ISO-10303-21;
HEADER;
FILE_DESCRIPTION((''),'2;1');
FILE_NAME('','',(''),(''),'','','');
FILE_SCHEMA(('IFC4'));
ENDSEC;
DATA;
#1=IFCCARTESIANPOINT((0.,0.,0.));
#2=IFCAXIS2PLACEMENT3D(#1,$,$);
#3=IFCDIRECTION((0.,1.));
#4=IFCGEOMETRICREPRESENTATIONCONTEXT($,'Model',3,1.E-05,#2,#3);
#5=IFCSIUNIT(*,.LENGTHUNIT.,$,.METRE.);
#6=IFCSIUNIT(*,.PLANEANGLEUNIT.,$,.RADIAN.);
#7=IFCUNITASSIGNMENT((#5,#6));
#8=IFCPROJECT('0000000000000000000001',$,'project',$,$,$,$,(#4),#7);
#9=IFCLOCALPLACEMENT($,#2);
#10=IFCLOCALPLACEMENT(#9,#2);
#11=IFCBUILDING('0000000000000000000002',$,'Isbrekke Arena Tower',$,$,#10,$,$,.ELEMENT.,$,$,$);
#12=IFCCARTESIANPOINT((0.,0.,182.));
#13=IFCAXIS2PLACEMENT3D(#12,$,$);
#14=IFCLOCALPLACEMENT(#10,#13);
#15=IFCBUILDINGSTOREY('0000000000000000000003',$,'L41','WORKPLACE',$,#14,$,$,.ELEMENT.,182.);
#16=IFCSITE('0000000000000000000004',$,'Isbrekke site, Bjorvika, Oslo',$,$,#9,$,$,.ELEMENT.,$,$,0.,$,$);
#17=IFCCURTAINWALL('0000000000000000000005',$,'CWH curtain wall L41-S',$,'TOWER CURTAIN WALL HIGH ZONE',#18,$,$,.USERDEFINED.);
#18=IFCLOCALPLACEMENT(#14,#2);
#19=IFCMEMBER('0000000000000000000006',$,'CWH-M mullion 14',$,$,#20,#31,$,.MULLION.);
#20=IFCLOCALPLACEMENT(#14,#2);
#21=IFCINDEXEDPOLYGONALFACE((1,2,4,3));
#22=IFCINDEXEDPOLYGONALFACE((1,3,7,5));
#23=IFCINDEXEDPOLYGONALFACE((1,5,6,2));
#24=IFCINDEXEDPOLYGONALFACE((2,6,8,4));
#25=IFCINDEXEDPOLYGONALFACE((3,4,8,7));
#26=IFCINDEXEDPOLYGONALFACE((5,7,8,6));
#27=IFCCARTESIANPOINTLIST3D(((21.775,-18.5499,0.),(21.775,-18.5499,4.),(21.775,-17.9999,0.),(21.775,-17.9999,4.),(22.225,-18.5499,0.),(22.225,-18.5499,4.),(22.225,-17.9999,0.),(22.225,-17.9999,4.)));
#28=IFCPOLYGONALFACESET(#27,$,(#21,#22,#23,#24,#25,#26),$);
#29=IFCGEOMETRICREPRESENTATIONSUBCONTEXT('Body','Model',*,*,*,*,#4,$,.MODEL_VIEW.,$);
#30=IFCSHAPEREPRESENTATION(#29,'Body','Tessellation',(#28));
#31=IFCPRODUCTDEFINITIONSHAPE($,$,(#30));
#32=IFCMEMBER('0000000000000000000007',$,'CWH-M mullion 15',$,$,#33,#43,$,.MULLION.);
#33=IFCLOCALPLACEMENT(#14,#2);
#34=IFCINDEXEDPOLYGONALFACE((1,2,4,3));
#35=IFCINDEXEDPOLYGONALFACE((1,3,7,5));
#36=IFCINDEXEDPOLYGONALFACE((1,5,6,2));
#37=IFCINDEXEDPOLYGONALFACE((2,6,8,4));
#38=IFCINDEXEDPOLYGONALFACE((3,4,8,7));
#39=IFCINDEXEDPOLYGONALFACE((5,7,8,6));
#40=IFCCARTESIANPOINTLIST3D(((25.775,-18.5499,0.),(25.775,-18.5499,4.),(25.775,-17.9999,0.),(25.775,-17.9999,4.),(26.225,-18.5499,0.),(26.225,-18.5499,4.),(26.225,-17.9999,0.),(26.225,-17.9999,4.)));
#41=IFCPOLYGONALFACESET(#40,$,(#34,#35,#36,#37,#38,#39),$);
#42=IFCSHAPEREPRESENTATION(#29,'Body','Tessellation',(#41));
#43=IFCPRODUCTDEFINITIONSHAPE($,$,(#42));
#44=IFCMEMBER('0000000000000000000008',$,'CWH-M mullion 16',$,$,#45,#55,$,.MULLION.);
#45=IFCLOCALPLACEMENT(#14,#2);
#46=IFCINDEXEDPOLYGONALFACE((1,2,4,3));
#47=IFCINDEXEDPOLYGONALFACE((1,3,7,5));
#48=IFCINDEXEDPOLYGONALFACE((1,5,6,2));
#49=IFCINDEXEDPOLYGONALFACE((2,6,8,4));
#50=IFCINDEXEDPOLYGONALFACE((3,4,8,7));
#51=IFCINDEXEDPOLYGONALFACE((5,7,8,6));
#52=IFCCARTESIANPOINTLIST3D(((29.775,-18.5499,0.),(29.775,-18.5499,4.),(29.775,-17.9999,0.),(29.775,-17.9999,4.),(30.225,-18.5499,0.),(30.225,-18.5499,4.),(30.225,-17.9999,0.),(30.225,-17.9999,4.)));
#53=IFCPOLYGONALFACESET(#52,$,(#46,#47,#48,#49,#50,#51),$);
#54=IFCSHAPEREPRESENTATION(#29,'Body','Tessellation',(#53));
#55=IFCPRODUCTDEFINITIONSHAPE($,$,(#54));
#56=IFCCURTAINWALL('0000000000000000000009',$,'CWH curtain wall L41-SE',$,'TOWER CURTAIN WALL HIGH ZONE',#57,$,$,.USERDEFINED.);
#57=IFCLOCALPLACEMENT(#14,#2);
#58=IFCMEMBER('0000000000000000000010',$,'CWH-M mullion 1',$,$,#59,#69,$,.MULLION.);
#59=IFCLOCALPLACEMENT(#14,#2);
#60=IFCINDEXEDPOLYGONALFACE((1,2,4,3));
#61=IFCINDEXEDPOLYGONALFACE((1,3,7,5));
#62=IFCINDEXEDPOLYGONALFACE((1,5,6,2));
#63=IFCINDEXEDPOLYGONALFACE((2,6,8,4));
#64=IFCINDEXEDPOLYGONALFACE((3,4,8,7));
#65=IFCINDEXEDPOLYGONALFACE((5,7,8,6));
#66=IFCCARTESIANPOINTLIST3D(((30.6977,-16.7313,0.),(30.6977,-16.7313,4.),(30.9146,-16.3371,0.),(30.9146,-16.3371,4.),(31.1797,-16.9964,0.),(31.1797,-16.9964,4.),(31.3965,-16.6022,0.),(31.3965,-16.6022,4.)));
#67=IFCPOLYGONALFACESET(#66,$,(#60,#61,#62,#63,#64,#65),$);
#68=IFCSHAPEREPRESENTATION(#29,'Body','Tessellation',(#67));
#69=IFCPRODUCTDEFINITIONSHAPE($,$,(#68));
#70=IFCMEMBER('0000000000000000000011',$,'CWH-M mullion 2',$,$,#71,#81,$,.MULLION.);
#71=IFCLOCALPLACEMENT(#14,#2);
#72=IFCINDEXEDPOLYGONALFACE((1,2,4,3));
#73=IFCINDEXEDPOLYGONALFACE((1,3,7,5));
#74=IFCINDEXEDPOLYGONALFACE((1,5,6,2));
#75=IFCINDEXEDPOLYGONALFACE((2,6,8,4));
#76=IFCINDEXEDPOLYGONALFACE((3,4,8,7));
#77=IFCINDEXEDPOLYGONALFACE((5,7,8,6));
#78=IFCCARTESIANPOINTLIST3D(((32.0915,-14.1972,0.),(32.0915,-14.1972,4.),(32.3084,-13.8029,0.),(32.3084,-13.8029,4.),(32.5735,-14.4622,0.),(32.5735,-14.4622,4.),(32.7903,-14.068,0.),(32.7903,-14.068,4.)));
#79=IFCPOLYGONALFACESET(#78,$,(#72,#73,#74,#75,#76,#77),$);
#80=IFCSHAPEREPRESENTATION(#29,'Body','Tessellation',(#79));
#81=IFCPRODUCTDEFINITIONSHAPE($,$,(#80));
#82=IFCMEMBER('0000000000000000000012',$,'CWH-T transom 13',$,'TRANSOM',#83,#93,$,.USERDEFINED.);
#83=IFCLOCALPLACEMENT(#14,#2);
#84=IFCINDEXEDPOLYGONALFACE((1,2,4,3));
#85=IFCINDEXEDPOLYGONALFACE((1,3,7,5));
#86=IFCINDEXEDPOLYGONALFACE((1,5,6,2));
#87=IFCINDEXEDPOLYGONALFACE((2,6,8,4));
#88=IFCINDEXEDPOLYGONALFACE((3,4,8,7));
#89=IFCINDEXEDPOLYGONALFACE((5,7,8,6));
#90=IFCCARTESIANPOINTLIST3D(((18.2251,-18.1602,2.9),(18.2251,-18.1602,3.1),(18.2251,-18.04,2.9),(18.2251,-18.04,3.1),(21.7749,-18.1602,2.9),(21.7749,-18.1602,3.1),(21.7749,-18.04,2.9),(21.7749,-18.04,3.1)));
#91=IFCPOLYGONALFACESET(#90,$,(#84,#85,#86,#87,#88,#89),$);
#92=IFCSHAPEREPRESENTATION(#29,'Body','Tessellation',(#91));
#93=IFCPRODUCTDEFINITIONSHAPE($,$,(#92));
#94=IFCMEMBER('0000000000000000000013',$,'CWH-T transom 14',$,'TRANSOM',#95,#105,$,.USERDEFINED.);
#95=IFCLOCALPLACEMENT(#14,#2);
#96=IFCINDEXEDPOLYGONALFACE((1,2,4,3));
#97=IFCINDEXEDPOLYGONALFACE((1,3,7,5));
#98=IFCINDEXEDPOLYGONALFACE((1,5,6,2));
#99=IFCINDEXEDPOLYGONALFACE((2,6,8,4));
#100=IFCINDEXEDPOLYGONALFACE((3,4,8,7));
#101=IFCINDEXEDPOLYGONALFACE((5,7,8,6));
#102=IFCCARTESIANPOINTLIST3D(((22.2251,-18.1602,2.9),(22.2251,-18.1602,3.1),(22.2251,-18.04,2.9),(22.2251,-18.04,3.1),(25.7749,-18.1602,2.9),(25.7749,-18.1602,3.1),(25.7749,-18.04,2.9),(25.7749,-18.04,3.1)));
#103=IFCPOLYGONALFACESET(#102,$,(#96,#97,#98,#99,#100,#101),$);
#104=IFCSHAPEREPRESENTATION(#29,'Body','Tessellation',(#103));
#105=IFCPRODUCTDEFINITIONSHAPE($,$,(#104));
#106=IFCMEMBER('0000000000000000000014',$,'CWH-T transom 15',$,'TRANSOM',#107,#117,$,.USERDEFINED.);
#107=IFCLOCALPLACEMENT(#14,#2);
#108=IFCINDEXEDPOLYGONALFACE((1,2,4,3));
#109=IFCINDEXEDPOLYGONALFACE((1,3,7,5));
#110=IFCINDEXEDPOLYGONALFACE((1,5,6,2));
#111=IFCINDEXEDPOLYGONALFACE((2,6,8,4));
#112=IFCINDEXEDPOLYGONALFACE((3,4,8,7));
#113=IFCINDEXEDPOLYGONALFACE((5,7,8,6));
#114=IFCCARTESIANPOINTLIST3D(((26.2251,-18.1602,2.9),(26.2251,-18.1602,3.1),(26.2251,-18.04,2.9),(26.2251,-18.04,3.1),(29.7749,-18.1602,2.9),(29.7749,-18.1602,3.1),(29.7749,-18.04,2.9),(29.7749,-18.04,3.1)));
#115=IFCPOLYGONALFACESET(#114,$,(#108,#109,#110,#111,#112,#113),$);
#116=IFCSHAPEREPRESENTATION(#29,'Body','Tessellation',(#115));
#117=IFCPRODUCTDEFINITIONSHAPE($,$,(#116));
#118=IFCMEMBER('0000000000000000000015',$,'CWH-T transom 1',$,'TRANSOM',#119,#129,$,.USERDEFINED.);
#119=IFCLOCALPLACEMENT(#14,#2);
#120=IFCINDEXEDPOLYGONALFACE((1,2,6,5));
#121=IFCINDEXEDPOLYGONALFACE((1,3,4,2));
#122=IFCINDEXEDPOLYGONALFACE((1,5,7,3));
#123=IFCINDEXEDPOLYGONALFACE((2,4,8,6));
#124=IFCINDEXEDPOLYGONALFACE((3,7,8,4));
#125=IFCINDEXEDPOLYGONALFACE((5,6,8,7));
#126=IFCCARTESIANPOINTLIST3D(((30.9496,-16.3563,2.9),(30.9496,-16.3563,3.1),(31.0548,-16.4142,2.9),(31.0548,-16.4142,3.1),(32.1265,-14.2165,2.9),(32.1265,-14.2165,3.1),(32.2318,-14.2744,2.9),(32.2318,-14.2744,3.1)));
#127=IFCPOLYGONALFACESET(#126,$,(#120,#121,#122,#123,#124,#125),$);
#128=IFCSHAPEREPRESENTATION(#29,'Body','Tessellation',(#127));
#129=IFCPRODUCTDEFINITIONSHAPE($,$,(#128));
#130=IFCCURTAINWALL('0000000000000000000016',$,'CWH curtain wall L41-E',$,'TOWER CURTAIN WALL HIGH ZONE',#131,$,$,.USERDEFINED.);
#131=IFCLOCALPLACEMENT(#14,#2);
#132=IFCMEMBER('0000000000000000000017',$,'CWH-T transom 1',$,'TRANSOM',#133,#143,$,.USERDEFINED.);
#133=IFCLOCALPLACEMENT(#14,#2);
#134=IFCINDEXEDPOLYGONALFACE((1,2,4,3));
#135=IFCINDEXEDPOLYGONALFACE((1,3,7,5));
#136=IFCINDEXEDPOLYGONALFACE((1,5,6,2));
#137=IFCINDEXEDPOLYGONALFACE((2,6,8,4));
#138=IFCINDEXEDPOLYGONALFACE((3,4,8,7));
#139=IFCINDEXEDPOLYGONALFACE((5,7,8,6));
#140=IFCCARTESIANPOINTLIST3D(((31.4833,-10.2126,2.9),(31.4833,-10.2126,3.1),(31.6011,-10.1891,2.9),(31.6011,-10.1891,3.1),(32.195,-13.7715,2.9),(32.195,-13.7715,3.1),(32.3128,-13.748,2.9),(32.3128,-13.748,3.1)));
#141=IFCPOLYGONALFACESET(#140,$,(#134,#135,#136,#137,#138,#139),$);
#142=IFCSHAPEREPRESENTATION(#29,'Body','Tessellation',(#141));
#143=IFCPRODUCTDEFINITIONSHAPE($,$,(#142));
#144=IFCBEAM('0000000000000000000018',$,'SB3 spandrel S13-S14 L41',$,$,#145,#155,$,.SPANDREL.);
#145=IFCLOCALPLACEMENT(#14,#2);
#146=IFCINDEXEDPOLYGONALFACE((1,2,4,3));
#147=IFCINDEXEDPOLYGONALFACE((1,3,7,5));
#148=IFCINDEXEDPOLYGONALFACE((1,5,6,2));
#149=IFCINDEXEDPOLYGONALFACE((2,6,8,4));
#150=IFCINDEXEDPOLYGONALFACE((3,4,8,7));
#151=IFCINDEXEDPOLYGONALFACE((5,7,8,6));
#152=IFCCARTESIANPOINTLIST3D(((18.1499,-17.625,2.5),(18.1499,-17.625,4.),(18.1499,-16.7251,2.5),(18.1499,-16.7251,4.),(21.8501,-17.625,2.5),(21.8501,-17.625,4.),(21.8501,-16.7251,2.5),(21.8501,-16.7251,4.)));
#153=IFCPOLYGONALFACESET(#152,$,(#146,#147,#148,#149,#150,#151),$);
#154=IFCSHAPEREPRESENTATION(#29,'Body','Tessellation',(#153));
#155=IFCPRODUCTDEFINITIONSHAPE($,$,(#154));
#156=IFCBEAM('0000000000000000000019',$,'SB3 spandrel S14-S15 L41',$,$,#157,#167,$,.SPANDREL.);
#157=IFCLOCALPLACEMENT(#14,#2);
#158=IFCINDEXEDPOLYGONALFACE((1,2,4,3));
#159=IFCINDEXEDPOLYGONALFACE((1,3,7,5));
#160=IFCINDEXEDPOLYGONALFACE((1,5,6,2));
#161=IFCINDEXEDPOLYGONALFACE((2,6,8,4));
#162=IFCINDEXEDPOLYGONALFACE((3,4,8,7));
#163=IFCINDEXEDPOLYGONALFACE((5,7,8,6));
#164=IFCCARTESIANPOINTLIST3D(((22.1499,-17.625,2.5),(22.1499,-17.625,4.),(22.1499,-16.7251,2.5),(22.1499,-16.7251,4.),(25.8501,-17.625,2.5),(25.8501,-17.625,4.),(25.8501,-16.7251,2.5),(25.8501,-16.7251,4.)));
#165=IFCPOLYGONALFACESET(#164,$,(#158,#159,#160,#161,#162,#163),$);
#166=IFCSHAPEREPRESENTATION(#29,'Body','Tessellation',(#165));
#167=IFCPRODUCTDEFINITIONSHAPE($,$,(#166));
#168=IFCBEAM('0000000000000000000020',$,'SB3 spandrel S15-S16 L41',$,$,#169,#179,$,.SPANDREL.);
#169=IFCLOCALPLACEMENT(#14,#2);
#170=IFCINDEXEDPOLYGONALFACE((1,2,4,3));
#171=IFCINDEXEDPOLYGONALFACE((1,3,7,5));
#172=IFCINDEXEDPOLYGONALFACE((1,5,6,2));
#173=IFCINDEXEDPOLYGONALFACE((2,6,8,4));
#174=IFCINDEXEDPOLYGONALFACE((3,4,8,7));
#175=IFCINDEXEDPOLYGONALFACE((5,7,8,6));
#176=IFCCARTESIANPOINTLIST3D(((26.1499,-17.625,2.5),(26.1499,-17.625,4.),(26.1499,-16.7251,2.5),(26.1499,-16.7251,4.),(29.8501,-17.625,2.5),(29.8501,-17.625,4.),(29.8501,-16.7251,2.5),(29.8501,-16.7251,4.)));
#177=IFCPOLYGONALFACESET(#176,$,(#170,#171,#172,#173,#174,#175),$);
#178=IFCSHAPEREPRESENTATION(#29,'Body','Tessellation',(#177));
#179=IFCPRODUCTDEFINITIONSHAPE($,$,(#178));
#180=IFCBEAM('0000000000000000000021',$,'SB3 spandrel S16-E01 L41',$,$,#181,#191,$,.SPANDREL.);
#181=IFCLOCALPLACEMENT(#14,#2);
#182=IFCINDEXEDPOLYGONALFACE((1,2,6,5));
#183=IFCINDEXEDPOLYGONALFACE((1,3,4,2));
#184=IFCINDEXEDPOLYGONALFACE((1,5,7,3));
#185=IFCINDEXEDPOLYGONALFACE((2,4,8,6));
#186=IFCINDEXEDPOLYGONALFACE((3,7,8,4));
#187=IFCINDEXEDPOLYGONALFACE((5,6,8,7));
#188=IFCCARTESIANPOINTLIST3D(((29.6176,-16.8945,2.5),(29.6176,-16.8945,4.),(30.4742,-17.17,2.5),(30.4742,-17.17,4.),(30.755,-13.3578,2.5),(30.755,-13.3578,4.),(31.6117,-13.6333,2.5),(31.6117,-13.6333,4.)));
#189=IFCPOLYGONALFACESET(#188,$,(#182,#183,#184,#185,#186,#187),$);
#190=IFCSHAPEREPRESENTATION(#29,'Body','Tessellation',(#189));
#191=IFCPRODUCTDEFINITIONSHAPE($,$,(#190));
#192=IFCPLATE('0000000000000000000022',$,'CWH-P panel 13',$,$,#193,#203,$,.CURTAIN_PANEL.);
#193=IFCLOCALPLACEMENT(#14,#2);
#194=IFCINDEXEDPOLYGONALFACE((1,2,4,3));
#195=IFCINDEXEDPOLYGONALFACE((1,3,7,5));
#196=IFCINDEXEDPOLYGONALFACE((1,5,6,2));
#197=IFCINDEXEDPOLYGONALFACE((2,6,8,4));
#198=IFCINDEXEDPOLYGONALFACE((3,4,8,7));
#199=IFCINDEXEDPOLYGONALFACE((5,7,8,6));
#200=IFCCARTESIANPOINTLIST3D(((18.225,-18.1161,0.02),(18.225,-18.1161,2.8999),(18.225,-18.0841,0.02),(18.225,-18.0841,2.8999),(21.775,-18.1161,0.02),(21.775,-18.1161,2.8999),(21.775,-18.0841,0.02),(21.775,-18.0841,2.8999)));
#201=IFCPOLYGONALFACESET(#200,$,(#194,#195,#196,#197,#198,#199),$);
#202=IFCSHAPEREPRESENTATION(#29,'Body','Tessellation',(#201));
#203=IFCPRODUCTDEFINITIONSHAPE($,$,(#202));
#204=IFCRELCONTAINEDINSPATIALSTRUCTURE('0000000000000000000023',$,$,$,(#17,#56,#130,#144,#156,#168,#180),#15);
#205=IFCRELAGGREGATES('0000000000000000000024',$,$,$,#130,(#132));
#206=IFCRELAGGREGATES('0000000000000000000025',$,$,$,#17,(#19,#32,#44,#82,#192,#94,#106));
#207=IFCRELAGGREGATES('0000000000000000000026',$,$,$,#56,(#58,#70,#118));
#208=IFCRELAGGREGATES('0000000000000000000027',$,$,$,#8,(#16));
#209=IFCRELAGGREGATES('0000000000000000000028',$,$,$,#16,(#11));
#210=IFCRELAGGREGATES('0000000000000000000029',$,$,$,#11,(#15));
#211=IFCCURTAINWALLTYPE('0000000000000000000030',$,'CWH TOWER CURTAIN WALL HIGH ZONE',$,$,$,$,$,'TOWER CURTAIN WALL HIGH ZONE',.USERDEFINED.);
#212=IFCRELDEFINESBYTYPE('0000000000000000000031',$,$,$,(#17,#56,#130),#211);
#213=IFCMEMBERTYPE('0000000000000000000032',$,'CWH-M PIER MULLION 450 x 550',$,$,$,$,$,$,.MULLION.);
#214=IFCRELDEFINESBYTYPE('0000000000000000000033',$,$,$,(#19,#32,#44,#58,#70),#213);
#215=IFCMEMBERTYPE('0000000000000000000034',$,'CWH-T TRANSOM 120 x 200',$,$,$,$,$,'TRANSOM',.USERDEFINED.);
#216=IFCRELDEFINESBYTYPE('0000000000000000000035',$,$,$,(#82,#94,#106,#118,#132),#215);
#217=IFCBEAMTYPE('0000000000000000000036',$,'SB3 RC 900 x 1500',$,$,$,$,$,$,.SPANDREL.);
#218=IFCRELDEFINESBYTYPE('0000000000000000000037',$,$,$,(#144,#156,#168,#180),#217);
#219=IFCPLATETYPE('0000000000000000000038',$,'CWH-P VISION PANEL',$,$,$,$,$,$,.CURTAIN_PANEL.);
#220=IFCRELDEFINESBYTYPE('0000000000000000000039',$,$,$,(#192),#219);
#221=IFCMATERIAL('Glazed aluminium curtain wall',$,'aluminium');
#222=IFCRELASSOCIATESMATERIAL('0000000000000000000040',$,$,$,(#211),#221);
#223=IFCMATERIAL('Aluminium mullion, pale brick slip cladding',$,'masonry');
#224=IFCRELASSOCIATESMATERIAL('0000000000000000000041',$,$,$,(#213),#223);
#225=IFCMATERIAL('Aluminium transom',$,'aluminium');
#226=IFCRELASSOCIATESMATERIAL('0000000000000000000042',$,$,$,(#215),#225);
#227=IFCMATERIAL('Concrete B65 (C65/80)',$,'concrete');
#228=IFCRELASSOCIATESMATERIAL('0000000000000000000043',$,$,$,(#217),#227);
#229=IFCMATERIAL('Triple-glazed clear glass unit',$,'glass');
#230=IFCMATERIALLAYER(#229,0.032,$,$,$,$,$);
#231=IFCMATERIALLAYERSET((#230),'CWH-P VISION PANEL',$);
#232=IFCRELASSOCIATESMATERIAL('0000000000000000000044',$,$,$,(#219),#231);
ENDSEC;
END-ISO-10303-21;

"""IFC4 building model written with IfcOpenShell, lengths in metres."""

from ifc_helpers import new_model, si_unit, direction, frame, origin, origin_2d, place, context, subcontext, project, spatial, rectangle, extrude, material, layer, layer_set, material_profile, profile_set, type_object, element, aggregate, save


model = new_model("IFC4")

# Units and contexts
model_context = context("Model", 3, precision=1e-05, world=origin(), true_north=direction((0.0, 1.0)))
body_context = subcontext(model_context, "Body", "Model", "MODEL_VIEW")
ifc_project = project(units=[si_unit("LENGTHUNIT", "METRE"), si_unit("PLANEANGLEUNIT", "RADIAN")], contexts=[model_context])

# Site, building, storey
site_placement = place(None, origin())
site = spatial("IfcSite", under=ifc_project, at=site_placement, Name="Isbrekke site, Bjorvika, Oslo", CompositionType="ELEMENT", RefElevation=0.0)
building_placement = place(site_placement, origin())
building = spatial("IfcBuilding", under=site, at=building_placement, Name="Isbrekke Arena Tower", CompositionType="ELEMENT")
storey_placement = place(building_placement, frame((0.0, 0.0, 182.0)))
storey = spatial("IfcBuildingStorey", under=building, at=storey_placement, Name="L41", Description="WORKPLACE", CompositionType="ELEMENT", Elevation=182.0)

# Curtain walls, members
ifc_material_1 = material(Name="Glazed aluminium curtain wall", Category="aluminium")
curtain_wall_type = type_object("IfcCurtainWallType", Name="CWH TOWER CURTAIN WALL HIGH ZONE", ElementType="TOWER CURTAIN WALL HIGH ZONE", PredefinedType="USERDEFINED", material=ifc_material_1)
curtain_wall_1_placement = place(storey_placement, origin())
curtain_wall_1 = element("IfcCurtainWall", 1, at=curtain_wall_1_placement, inside=storey, type_object=curtain_wall_type, Name="CWH curtain wall L41-S", ObjectType="TOWER CURTAIN WALL HIGH ZONE", PredefinedType="USERDEFINED")
ifc_material_2 = material(Name="Aluminium mullion, pale brick slip cladding", Category="masonry")
ifc_material_profile_1 = material_profile(ifc_material_2, rectangle(XDim=0.45, YDim=0.55, at=origin_2d()), Name="PIER 450X550")
ifc_profile_set_1 = profile_set([ifc_material_profile_1], Name="Aluminium mullion, pale brick slip cladding")
member_type_1 = type_object("IfcMemberType", Name="CWH-M PIER MULLION 450 x 550", PredefinedType="MULLION", material=ifc_profile_set_1)
member_1_placement = place(storey_placement, frame((22.0, -18.2749, 0.0), z_axis=(0.0, 0.0, 1.0), x_axis=(1.0, 0.0, 0.0)))
member_1 = element("IfcMember", 2, at=member_1_placement, type_object=member_type_1, Name="CWH-M mullion 14", PredefinedType="MULLION", context=body_context, shape_type="SweptSolid", body=[
    extrude(rectangle(XDim=0.45, YDim=0.55, at=origin_2d()), origin(), (0.0, 0.0, 1.0), 4.0),
])
member_2_placement = place(storey_placement, frame((26.0, -18.2749, 0.0), z_axis=(0.0, 0.0, 1.0), x_axis=(1.0, 0.0, 0.0)))
member_2 = element("IfcMember", 3, at=member_2_placement, type_object=member_type_1, Name="CWH-M mullion 15", PredefinedType="MULLION", context=body_context, shape_type="SweptSolid", body=[
    extrude(rectangle(XDim=0.45, YDim=0.55, at=origin_2d()), origin(), (0.0, 0.0, 1.0), 4.0),
])
member_3_placement = place(storey_placement, frame((30.0, -18.2749, 0.0), z_axis=(0.0, 0.0, 1.0), x_axis=(1.0, 0.0, 0.0)))
member_3 = element("IfcMember", 4, at=member_3_placement, type_object=member_type_1, Name="CWH-M mullion 16", PredefinedType="MULLION", context=body_context, shape_type="SweptSolid", body=[
    extrude(rectangle(XDim=0.45, YDim=0.55, at=origin_2d()), origin(), (0.0, 0.0, 1.0), 4.0),
])
curtain_wall_2_placement = place(storey_placement, origin())
curtain_wall_2 = element("IfcCurtainWall", 5, at=curtain_wall_2_placement, inside=storey, type_object=curtain_wall_type, Name="CWH curtain wall L41-SE", ObjectType="TOWER CURTAIN WALL HIGH ZONE", PredefinedType="USERDEFINED")
member_4_placement = place(storey_placement, frame((31.0471, -16.6667, 0.0), z_axis=(0.0, 0.0, 1.0), x_axis=(0.481919, 0.876216, 0.0)))
member_4 = element("IfcMember", 6, at=member_4_placement, type_object=member_type_1, Name="CWH-M mullion 1", PredefinedType="MULLION", context=body_context, shape_type="SweptSolid", body=[
    extrude(rectangle(XDim=0.45, YDim=0.55, at=origin_2d()), origin(), (0.0, 0.0, 1.0), 4.0),
])
member_5_placement = place(storey_placement, frame((32.4409, -14.1326, 0.0), z_axis=(0.0, 0.0, 1.0), x_axis=(0.481919, 0.876216, 0.0)))
member_5 = element("IfcMember", 7, at=member_5_placement, type_object=member_type_1, Name="CWH-M mullion 2", PredefinedType="MULLION", context=body_context, shape_type="SweptSolid", body=[
    extrude(rectangle(XDim=0.45, YDim=0.55, at=origin_2d()), origin(), (0.0, 0.0, 1.0), 4.0),
])

# Members
ifc_material_3 = material(Name="Aluminium transom", Category="aluminium")
ifc_material_profile_2 = material_profile(ifc_material_3, rectangle(XDim=0.1201, YDim=0.2, at=origin_2d()), Name="TRANSOM 120X200")
ifc_profile_set_2 = profile_set([ifc_material_profile_2], Name="Aluminium transom")
member_type_2 = type_object("IfcMemberType", Name="CWH-T TRANSOM 120 x 200", ElementType="TRANSOM", PredefinedType="USERDEFINED", material=ifc_profile_set_2)
member_6_placement = place(storey_placement, frame((18.2251, -18.1001, 3.0), z_axis=(1.0, 0.0, 0.0), x_axis=(0.0, 1.0, 0.0)))
member_6 = element("IfcMember", 8, at=member_6_placement, type_object=member_type_2, Name="CWH-T transom 13", ObjectType="TRANSOM", PredefinedType="USERDEFINED", context=body_context, shape_type="SweptSolid", body=[
    extrude(rectangle(XDim=0.1201, YDim=0.2, at=origin_2d()), origin(), (0.0, 0.0, 1.0), 3.5498),
])
member_7_placement = place(storey_placement, frame((22.2251, -18.1001, 3.0), z_axis=(1.0, 0.0, 0.0), x_axis=(0.0, 1.0, 0.0)))
member_7 = element("IfcMember", 9, at=member_7_placement, type_object=member_type_2, Name="CWH-T transom 14", ObjectType="TRANSOM", PredefinedType="USERDEFINED", context=body_context, shape_type="SweptSolid", body=[
    extrude(rectangle(XDim=0.1201, YDim=0.2, at=origin_2d()), origin(), (0.0, 0.0, 1.0), 3.5498),
])
member_8_placement = place(storey_placement, frame((26.2251, -18.1001, 3.0), z_axis=(1.0, 0.0, 0.0), x_axis=(0.0, 1.0, 0.0)))
member_8 = element("IfcMember", 10, at=member_8_placement, type_object=member_type_2, Name="CWH-T transom 15", ObjectType="TRANSOM", PredefinedType="USERDEFINED", context=body_context, shape_type="SweptSolid", body=[
    extrude(rectangle(XDim=0.1201, YDim=0.2, at=origin_2d()), origin(), (0.0, 0.0, 1.0), 3.5498),
])
member_9_placement = place(storey_placement, frame((31.0022, -16.3853, 3.0), z_axis=(0.481938, 0.876205, 0.0), x_axis=(-0.876205, 0.481938, 0.0)))
member_9 = element("IfcMember", 11, at=member_9_placement, type_object=member_type_2, Name="CWH-T transom 1", ObjectType="TRANSOM", PredefinedType="USERDEFINED", context=body_context, shape_type="SweptSolid", body=[
    extrude(rectangle(XDim=0.1201, YDim=0.2, at=origin_2d()), origin(), (0.0, 0.0, 1.0), 2.4421),
])

# Curtain wall, member
curtain_wall_3_placement = place(storey_placement, origin())
curtain_wall_3 = element("IfcCurtainWall", 12, at=curtain_wall_3_placement, inside=storey, type_object=curtain_wall_type, Name="CWH curtain wall L41-E", ObjectType="TOWER CURTAIN WALL HIGH ZONE", PredefinedType="USERDEFINED")
member_10_placement = place(storey_placement, frame((32.2539, -13.7598, 3.0), z_axis=(-0.19609, 0.980586, 0.0), x_axis=(-0.980586, -0.19609, 0.0)))
member_10 = element("IfcMember", 13, at=member_10_placement, type_object=member_type_2, Name="CWH-T transom 1", ObjectType="TRANSOM", PredefinedType="USERDEFINED", context=body_context, shape_type="SweptSolid", body=[
    extrude(rectangle(XDim=0.1201, YDim=0.2, at=origin_2d()), origin(), (0.0, 0.0, 1.0), 3.6294),
])
aggregate(curtain_wall_3, [member_10])

# Beams
ifc_material_4 = material(Name="Concrete B65 (C65/80)", Category="concrete")
ifc_material_profile_3 = material_profile(ifc_material_4, rectangle(XDim=0.8999, YDim=1.5, at=origin_2d()), Name="RC 900x1500")
ifc_profile_set_3 = profile_set([ifc_material_profile_3], Name="Concrete B65 (C65/80)")
beam_type_1 = type_object("IfcBeamType", Name="SB3 RC 900 x 1500", PredefinedType="SPANDREL", material=ifc_profile_set_3)
for number, where, z_axis, x_axis, name in (
    (14, (18.1499, -17.175, 3.25), (1.0, 0.0, 0.0), (0.0, 1.0, 0.0), "SB3 spandrel S13-S14 L41"),
    (15, (22.1499, -17.175, 3.25), (1.0, 0.0, 0.0), (0.0, 1.0, 0.0), "SB3 spandrel S14-S15 L41"),
    (16, (26.1499, -17.175, 3.25), (1.0, 0.0, 0.0), (0.0, 1.0, 0.0), "SB3 spandrel S15-S16 L41"),
):
    element("IfcBeam", number, at=place(storey_placement, frame(where, z_axis=z_axis, x_axis=x_axis)), inside=storey, type_object=beam_type_1, Name=name, PredefinedType="SPANDREL", context=body_context, shape_type="SweptSolid", body=[
        extrude(rectangle(XDim=0.8999, YDim=1.5, at=origin_2d()), origin(), (0.0, 0.0, 1.0), 3.7002),
    ])
beam_1_placement = place(storey_placement, frame((30.0459, -17.0322, 3.25), z_axis=(0.306175, 0.951975, 0.0), x_axis=(-0.951975, 0.306175, 0.0)))
element("IfcBeam", 17, at=beam_1_placement, inside=storey, type_object=beam_type_1, Name="SB3 spandrel S16-E01 L41", PredefinedType="SPANDREL", context=body_context, shape_type="SweptSolid", body=[
    extrude(rectangle(XDim=0.8999, YDim=1.5, at=origin_2d()), origin(), (0.0, 0.0, 1.0), 3.7151),
])

# Plate
ifc_material_5 = material(Name="Triple-glazed clear glass unit", Category="glass")
ifc_layer = layer(ifc_material_5, 0.032)
ifc_layer_set = layer_set([ifc_layer], Name="CWH-P VISION PANEL")
plate_type = type_object("IfcPlateType", Name="CWH-P VISION PANEL", PredefinedType="CURTAIN_PANEL", material=ifc_layer_set)
plate_1_placement = place(storey_placement, frame((20.0, -18.1001, 0.02), z_axis=(0.0, 0.0, 1.0), x_axis=(1.0, 0.0, 0.0)))
plate_1 = element("IfcPlate", 18, at=plate_1_placement, type_object=plate_type, Name="CWH-P panel 13", PredefinedType="CURTAIN_PANEL", context=body_context, shape_type="SweptSolid", body=[
    extrude(rectangle(XDim=3.55, YDim=0.032, at=origin_2d()), origin(), (0.0, 0.0, 1.0), 2.8799),
])
aggregate(curtain_wall_1, [member_1, member_2, member_3, member_6, plate_1, member_7, member_8])
aggregate(curtain_wall_2, [member_4, member_5, member_9])

save(model, "model.ifc")
